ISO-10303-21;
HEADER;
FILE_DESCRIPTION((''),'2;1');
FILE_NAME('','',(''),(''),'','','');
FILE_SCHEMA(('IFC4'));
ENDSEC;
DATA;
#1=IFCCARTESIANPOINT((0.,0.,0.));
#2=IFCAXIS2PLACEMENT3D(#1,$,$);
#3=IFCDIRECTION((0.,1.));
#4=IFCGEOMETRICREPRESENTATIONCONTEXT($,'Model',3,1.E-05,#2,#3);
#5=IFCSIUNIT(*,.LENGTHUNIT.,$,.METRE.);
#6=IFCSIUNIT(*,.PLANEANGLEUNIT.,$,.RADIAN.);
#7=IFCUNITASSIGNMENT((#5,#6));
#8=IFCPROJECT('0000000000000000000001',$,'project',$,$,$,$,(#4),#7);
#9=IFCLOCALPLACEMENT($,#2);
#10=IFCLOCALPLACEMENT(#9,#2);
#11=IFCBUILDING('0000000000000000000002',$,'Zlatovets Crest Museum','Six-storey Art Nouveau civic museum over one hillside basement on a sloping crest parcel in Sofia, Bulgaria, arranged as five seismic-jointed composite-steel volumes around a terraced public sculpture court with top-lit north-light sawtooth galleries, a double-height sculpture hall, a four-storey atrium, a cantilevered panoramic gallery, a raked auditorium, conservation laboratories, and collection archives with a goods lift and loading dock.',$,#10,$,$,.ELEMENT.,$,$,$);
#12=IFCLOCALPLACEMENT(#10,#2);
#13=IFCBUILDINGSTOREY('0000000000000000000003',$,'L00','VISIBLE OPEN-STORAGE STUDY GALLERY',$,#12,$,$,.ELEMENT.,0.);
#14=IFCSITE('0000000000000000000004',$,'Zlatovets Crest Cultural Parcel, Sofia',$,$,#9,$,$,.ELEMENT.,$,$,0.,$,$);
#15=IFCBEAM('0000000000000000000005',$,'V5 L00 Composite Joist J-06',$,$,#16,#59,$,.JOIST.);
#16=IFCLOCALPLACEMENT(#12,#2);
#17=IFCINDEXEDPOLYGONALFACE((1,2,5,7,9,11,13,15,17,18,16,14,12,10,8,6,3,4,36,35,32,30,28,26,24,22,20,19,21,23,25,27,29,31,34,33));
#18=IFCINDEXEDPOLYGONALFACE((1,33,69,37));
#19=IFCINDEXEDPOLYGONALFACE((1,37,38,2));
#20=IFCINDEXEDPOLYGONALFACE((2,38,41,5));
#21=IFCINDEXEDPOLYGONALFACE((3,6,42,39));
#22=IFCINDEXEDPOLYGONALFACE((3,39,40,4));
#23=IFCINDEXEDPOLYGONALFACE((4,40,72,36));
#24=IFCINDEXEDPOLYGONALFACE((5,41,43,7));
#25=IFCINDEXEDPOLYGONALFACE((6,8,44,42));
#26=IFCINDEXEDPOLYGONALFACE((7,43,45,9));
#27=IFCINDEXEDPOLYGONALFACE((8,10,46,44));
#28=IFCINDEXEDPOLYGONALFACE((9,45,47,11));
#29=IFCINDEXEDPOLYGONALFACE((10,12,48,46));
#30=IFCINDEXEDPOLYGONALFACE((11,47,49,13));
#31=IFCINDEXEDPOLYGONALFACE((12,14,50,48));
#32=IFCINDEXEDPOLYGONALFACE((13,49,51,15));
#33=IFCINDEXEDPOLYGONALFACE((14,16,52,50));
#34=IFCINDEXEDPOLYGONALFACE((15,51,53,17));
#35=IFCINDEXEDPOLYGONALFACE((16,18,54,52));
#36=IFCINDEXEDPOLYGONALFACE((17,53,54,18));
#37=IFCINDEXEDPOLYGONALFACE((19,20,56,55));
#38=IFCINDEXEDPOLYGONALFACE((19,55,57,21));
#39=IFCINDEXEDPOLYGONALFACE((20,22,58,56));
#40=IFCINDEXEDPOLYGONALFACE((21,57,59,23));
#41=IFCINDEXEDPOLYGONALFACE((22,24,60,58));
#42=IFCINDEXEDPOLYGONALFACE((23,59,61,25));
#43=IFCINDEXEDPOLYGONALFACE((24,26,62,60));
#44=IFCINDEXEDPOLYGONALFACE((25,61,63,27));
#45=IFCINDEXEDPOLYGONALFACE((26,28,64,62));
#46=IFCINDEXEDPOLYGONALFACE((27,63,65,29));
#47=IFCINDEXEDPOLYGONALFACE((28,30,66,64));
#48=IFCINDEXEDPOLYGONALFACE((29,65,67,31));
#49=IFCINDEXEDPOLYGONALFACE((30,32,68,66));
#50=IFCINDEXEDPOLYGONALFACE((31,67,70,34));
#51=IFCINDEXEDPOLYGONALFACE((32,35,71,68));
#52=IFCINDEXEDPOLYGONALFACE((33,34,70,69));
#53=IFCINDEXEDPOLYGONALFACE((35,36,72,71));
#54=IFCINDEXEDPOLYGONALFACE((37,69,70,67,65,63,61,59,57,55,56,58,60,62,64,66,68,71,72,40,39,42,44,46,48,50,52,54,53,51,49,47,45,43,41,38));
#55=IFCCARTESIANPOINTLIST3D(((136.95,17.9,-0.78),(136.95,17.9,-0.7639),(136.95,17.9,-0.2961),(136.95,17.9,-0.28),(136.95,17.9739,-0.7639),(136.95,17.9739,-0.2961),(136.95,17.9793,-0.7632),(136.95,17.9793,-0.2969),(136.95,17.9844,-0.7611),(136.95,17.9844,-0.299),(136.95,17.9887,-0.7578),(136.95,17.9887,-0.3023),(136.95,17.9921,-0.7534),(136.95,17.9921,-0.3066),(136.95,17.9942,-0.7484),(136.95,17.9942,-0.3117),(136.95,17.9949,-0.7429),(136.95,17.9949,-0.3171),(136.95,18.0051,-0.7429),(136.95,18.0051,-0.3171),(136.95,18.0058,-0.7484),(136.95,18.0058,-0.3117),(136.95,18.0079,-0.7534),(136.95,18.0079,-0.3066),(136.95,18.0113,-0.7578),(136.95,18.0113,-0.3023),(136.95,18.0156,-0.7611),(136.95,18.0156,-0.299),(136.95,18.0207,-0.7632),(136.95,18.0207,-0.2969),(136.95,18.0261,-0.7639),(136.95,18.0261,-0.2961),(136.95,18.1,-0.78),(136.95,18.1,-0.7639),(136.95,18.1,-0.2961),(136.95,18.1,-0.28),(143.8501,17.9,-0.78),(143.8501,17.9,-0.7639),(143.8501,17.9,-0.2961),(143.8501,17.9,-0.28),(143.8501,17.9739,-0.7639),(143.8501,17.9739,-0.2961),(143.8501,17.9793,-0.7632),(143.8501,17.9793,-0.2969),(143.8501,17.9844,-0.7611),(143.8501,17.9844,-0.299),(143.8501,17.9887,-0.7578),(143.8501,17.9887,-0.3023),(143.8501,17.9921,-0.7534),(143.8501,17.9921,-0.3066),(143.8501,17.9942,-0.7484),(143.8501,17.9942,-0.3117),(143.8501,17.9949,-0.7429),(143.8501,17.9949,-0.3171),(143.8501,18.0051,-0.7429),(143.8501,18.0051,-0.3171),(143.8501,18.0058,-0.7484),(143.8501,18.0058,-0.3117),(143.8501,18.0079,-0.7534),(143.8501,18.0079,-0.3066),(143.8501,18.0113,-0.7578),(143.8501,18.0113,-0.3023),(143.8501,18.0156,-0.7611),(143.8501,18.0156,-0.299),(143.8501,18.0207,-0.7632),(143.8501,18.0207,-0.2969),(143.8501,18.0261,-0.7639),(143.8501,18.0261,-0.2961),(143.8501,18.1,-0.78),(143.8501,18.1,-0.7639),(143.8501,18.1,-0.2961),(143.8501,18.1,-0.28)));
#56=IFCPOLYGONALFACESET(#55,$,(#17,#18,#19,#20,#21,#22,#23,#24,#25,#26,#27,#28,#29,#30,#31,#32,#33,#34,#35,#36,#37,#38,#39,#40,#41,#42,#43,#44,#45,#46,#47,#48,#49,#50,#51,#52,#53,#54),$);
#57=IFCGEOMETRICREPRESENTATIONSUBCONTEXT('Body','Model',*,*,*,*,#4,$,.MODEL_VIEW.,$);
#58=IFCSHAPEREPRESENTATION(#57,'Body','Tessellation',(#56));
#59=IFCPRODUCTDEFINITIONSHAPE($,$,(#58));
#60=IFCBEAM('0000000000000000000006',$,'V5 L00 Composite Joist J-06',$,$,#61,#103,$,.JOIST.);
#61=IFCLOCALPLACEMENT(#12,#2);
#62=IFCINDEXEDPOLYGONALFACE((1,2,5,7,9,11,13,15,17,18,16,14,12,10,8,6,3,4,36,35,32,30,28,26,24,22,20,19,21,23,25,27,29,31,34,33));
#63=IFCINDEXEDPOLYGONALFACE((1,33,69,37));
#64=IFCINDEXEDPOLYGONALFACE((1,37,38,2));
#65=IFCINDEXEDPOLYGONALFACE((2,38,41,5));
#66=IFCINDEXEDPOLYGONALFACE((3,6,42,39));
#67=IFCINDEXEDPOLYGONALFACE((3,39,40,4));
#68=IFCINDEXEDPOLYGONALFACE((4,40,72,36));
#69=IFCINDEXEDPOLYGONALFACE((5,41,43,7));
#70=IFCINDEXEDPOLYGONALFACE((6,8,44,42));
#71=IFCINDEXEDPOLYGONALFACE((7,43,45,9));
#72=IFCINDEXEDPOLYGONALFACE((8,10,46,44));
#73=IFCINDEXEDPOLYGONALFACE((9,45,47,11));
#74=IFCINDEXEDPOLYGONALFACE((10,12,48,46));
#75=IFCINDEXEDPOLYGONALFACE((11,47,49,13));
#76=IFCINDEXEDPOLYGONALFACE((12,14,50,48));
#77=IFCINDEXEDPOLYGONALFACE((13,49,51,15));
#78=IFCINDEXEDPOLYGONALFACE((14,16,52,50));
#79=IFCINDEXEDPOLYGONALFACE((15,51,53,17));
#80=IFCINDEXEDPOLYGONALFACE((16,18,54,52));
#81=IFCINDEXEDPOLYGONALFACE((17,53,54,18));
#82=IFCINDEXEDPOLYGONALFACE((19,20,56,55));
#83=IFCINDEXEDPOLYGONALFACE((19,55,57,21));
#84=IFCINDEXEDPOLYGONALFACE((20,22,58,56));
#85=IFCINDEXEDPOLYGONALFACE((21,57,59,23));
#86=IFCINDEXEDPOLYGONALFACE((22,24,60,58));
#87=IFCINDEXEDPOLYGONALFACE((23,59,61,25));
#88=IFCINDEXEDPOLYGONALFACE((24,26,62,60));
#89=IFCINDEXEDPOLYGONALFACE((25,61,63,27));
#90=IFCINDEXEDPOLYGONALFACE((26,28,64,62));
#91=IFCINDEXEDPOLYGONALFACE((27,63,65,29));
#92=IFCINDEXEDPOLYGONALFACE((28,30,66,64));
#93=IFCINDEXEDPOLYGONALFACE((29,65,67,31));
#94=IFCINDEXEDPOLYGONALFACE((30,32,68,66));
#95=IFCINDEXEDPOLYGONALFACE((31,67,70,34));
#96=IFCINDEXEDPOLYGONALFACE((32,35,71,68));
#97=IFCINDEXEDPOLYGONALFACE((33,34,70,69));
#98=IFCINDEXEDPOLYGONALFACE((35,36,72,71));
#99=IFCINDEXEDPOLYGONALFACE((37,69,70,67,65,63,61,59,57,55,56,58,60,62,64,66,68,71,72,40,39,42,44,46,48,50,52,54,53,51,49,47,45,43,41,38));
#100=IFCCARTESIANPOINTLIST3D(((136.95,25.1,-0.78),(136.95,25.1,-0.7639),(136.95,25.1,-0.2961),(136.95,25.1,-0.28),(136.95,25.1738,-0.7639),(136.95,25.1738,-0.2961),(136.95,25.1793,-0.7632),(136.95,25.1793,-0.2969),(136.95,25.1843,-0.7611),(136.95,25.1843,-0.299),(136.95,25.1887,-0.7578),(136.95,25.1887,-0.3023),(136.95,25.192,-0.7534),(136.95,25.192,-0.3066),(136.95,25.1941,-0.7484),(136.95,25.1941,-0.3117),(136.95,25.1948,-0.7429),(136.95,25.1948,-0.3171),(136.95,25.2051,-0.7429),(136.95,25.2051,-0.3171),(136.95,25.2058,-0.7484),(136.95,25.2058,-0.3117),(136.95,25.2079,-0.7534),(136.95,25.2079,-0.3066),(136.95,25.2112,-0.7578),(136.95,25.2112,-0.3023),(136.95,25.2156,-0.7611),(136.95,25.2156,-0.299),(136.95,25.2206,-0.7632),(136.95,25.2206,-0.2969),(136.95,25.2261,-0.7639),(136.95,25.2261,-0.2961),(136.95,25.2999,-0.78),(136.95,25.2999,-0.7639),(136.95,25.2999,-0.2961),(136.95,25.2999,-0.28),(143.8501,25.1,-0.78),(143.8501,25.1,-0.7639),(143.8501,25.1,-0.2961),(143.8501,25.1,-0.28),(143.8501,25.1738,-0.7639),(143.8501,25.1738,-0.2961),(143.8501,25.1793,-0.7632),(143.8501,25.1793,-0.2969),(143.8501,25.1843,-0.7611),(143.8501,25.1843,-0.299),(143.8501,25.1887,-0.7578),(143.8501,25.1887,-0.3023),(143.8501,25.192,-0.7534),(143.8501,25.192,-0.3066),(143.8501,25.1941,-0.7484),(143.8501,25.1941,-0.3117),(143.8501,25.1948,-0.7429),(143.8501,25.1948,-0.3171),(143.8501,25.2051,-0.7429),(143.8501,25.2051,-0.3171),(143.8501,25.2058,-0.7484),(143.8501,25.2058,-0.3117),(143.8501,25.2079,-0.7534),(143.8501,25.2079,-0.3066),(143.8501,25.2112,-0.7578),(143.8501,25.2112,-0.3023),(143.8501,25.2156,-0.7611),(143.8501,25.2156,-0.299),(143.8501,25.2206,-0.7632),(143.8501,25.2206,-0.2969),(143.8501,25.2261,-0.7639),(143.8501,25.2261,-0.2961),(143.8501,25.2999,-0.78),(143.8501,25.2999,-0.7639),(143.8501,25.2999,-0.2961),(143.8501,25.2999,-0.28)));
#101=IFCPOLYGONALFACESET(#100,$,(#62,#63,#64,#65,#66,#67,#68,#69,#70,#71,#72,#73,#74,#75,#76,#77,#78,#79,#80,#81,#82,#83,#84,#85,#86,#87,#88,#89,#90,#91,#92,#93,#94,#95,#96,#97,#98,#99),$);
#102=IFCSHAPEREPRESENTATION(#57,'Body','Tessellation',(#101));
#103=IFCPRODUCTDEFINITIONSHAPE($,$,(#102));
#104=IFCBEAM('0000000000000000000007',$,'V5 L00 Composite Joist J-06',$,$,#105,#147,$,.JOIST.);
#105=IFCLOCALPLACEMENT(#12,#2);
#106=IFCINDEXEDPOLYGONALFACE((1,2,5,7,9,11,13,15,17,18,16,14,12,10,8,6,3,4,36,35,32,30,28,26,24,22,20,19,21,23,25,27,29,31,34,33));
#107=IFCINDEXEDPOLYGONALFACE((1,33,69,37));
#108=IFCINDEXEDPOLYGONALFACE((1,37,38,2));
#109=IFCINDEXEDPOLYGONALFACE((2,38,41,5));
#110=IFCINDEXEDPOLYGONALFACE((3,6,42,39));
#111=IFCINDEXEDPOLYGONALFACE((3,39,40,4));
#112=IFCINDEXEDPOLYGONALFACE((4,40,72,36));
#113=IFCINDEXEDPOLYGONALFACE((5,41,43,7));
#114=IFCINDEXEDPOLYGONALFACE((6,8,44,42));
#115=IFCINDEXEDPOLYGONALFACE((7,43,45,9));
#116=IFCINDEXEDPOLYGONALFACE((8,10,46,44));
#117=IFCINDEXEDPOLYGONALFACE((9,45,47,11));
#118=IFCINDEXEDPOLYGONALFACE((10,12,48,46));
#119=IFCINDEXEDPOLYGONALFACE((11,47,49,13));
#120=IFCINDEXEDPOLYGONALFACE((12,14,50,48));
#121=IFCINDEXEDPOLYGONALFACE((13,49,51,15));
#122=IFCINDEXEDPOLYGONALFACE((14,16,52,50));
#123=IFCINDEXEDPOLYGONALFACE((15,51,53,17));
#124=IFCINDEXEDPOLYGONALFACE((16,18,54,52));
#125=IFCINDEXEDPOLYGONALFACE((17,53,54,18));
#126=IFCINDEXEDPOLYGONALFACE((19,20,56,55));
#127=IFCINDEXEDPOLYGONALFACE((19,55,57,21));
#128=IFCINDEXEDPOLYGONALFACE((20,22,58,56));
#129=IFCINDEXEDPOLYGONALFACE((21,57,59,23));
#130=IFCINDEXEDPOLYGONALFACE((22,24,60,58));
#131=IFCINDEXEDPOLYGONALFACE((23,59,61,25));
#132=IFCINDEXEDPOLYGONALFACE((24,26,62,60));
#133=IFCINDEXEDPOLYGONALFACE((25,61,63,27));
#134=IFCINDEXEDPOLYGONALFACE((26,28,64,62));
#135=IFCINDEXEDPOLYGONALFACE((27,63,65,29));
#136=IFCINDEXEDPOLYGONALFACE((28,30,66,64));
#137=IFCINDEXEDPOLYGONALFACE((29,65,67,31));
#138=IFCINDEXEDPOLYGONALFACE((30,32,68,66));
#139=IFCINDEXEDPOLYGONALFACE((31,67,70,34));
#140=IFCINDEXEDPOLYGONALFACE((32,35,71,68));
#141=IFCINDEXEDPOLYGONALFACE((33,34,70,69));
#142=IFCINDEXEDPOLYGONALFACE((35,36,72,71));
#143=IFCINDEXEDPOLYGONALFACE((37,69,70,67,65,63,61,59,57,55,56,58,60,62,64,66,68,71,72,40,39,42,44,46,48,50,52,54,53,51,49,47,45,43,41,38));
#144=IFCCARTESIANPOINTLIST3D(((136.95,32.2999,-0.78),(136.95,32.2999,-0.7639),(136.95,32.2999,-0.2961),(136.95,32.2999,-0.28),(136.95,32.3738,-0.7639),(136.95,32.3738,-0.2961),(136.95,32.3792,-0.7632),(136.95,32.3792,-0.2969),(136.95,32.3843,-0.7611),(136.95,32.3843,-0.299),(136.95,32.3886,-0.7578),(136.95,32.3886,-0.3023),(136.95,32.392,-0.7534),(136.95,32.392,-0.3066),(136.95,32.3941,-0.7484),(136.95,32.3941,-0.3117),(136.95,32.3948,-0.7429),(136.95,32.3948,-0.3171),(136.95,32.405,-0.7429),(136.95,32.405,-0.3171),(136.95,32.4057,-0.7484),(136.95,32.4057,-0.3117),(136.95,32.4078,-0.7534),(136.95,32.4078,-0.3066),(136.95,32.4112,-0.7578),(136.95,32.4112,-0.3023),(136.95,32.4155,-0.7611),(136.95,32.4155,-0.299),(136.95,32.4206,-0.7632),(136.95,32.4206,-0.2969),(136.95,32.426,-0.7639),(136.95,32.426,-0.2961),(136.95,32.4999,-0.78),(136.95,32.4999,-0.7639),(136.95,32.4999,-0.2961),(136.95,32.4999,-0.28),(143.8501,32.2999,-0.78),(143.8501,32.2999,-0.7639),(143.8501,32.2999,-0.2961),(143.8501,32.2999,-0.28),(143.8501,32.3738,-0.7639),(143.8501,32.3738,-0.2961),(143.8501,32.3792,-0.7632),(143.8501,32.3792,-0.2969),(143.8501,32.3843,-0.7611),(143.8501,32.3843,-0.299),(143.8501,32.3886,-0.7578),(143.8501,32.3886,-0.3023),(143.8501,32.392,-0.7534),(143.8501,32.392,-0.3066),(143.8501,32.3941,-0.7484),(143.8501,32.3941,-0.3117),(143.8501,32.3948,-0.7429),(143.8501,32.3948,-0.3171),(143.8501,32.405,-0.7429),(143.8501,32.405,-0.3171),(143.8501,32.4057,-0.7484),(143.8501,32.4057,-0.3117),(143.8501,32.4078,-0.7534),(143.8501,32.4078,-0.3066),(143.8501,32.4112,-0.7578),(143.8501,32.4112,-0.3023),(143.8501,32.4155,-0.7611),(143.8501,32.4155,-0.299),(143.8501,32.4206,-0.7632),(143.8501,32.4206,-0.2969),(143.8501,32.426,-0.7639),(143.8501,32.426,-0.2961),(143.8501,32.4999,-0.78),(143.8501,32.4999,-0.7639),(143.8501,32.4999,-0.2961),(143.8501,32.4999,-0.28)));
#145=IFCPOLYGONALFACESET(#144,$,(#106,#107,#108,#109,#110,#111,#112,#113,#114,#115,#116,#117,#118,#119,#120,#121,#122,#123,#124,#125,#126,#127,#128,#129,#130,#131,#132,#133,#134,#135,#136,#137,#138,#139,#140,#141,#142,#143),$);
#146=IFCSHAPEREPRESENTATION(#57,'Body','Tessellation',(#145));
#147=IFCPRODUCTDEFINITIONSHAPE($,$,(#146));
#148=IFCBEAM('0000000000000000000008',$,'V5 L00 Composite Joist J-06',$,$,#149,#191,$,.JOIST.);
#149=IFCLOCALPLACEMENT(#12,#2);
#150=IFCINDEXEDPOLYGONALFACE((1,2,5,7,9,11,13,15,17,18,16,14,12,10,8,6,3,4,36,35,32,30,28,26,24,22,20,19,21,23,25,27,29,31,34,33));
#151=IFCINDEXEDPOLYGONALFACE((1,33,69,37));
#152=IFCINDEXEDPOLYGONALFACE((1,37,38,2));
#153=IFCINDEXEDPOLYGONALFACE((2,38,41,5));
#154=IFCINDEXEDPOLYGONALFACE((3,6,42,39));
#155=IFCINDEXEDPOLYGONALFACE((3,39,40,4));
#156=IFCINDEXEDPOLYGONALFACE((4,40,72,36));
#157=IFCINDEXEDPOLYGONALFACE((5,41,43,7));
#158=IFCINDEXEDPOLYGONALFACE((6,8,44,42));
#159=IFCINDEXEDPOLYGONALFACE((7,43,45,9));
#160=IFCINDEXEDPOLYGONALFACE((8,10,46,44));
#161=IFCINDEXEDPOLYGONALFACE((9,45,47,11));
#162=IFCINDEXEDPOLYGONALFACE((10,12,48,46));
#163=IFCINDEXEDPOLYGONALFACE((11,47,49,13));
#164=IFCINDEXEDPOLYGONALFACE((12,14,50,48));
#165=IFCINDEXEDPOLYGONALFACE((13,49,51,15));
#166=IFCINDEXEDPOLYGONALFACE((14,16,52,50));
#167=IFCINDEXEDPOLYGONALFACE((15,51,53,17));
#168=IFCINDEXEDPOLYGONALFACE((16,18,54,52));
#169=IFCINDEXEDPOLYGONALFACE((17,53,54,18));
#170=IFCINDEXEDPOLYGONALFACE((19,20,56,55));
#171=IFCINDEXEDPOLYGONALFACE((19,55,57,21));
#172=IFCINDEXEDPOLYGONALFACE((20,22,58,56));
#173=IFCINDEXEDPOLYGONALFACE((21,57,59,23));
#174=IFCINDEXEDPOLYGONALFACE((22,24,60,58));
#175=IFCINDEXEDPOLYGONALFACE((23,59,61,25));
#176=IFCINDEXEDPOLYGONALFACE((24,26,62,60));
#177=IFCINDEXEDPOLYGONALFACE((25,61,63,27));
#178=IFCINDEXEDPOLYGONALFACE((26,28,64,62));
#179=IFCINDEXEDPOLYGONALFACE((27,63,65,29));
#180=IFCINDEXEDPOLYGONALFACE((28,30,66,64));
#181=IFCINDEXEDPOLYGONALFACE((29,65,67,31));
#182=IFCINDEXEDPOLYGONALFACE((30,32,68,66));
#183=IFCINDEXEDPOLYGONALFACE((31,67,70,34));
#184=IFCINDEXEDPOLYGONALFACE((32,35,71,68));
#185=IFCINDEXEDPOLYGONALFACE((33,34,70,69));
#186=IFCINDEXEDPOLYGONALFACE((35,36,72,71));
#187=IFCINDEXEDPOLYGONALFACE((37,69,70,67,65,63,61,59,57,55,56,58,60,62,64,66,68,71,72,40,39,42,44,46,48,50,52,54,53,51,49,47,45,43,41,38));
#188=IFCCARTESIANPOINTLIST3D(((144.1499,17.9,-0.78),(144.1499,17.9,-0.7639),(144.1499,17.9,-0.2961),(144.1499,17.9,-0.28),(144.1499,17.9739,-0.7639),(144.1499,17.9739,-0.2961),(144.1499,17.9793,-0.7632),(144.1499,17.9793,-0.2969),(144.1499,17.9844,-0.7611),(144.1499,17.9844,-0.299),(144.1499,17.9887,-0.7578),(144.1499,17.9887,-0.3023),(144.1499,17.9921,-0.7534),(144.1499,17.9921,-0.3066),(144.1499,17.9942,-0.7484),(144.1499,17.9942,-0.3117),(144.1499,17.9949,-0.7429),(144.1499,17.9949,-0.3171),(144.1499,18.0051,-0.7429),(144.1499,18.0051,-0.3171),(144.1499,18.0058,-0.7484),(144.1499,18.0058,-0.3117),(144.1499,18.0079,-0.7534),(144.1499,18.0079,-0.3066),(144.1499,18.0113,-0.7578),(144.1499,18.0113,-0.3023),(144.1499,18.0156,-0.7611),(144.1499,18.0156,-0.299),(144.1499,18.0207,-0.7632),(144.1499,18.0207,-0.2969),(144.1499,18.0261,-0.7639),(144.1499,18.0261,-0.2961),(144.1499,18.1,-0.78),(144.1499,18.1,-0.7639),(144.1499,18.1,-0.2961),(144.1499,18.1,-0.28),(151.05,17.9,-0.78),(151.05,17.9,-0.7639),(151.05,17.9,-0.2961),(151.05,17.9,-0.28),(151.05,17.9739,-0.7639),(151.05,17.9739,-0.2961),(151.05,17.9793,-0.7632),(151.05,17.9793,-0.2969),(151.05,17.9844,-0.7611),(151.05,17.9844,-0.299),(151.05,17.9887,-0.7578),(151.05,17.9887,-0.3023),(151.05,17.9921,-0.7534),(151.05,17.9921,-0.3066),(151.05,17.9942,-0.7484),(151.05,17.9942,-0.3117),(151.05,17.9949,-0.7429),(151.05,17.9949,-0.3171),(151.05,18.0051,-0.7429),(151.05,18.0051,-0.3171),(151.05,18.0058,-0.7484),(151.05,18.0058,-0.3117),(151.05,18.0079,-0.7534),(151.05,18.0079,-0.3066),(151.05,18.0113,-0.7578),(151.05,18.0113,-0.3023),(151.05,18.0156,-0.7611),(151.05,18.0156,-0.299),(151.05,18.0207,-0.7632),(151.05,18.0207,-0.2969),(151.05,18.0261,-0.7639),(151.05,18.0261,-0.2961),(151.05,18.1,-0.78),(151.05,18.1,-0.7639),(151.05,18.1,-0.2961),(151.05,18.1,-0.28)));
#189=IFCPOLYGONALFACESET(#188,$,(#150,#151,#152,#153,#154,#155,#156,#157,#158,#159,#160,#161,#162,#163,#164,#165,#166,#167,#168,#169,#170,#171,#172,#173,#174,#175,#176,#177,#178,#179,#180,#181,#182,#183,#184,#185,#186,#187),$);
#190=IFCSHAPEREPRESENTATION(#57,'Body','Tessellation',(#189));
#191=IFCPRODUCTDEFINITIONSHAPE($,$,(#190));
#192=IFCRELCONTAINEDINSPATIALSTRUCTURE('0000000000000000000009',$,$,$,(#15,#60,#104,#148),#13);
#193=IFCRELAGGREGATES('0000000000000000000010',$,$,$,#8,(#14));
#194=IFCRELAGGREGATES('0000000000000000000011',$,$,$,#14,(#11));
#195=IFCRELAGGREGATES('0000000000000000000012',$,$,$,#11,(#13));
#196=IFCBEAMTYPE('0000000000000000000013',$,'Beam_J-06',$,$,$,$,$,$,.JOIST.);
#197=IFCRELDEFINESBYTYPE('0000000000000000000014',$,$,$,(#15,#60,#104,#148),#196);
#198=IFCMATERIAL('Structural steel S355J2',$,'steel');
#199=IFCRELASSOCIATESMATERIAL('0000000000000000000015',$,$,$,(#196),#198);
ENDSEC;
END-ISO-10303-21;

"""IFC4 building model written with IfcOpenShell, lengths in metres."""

from ifc_helpers import new_model, si_unit, direction, frame, origin, origin_2d, place, context, subcontext, project, spatial, i_section, extrude, material, material_profile, profile_set, type_object, element, save


model = new_model("IFC4")

# Units and contexts
model_context = context("Model", 3, precision=1e-05, world=origin(), true_north=direction((0.0, 1.0)))
body_context = subcontext(model_context, "Body", "Model", "MODEL_VIEW")
ifc_project = project(units=[si_unit("LENGTHUNIT", "METRE"), si_unit("PLANEANGLEUNIT", "RADIAN")], contexts=[model_context])

# Site, building, storey
site_placement = place(None, origin())
site = spatial("IfcSite", under=ifc_project, at=site_placement, Name="Zlatovets Crest Cultural Parcel, Sofia", CompositionType="ELEMENT", RefElevation=0.0)
building_placement = place(site_placement, origin())
building = spatial("IfcBuilding", under=site, at=building_placement, Name="Zlatovets Crest Museum", Description="Six-storey Art Nouveau civic museum over one hillside basement on a sloping crest parcel in Sofia, Bulgaria, arranged as five seismic-jointed composite-steel volumes around a terraced public sculpture court with top-lit north-light sawtooth galleries, a double-height sculpture hall, a four-storey atrium, a cantilevered panoramic gallery, a raked auditorium, conservation laboratories, and collection archives with a goods lift and loading dock.", CompositionType="ELEMENT")
storey_placement = place(building_placement, origin())
storey = spatial("IfcBuildingStorey", under=building, at=storey_placement, Name="L00", Description="VISIBLE OPEN-STORAGE STUDY GALLERY", CompositionType="ELEMENT", Elevation=0.0)

# Shared definitions
ifc_material = material(Name="Structural steel S355J2", Category="steel")

# Beams
ifc_material_profile_1 = material_profile(ifc_material, i_section(OverallWidth=0.2, OverallDepth=0.5, WebThickness=0.0103, FlangeThickness=0.0161, FilletRadius=0.021, at=origin_2d()), Name="IPE 500")
ifc_profile_set_1 = profile_set([ifc_material_profile_1], Name="Structural steel S355J2")
beam_type_1 = type_object("IfcBeamType", Name="Beam_J-06", PredefinedType="JOIST", material=ifc_profile_set_1)
for number, where, z_axis, x_axis, name in (
    (1, (136.95, 18.0, -0.53), (1.0, 0.0, 0.0), (0.0, 1.0, 0.0), "V5 L00 Composite Joist J-06"),
    (2, (136.95, 25.2, -0.53), (1.0, 0.0, 0.0), (0.0, 1.0, 0.0), "V5 L00 Composite Joist J-06"),
    (3, (136.95, 32.3999, -0.53), (1.0, 0.0, 0.0), (0.0, 1.0, 0.0), "V5 L00 Composite Joist J-06"),
    (4, (144.1499, 18.0, -0.53), (1.0, 0.0, 0.0), (0.0, 1.0, 0.0), "V5 L00 Composite Joist J-06"),
):
    element("IfcBeam", number, at=place(storey_placement, frame(where, z_axis=z_axis, x_axis=x_axis)), inside=storey, type_object=beam_type_1, Name=name, PredefinedType="JOIST", context=body_context, shape_type="SweptSolid", body=[
        extrude(i_section(OverallWidth=0.2, OverallDepth=0.5, WebThickness=0.0103, FlangeThickness=0.0161, FilletRadius=0.021, at=origin_2d()), origin(), (0.0, 0.0, 1.0), 6.9001),
    ])

save(model, "model.ifc")
